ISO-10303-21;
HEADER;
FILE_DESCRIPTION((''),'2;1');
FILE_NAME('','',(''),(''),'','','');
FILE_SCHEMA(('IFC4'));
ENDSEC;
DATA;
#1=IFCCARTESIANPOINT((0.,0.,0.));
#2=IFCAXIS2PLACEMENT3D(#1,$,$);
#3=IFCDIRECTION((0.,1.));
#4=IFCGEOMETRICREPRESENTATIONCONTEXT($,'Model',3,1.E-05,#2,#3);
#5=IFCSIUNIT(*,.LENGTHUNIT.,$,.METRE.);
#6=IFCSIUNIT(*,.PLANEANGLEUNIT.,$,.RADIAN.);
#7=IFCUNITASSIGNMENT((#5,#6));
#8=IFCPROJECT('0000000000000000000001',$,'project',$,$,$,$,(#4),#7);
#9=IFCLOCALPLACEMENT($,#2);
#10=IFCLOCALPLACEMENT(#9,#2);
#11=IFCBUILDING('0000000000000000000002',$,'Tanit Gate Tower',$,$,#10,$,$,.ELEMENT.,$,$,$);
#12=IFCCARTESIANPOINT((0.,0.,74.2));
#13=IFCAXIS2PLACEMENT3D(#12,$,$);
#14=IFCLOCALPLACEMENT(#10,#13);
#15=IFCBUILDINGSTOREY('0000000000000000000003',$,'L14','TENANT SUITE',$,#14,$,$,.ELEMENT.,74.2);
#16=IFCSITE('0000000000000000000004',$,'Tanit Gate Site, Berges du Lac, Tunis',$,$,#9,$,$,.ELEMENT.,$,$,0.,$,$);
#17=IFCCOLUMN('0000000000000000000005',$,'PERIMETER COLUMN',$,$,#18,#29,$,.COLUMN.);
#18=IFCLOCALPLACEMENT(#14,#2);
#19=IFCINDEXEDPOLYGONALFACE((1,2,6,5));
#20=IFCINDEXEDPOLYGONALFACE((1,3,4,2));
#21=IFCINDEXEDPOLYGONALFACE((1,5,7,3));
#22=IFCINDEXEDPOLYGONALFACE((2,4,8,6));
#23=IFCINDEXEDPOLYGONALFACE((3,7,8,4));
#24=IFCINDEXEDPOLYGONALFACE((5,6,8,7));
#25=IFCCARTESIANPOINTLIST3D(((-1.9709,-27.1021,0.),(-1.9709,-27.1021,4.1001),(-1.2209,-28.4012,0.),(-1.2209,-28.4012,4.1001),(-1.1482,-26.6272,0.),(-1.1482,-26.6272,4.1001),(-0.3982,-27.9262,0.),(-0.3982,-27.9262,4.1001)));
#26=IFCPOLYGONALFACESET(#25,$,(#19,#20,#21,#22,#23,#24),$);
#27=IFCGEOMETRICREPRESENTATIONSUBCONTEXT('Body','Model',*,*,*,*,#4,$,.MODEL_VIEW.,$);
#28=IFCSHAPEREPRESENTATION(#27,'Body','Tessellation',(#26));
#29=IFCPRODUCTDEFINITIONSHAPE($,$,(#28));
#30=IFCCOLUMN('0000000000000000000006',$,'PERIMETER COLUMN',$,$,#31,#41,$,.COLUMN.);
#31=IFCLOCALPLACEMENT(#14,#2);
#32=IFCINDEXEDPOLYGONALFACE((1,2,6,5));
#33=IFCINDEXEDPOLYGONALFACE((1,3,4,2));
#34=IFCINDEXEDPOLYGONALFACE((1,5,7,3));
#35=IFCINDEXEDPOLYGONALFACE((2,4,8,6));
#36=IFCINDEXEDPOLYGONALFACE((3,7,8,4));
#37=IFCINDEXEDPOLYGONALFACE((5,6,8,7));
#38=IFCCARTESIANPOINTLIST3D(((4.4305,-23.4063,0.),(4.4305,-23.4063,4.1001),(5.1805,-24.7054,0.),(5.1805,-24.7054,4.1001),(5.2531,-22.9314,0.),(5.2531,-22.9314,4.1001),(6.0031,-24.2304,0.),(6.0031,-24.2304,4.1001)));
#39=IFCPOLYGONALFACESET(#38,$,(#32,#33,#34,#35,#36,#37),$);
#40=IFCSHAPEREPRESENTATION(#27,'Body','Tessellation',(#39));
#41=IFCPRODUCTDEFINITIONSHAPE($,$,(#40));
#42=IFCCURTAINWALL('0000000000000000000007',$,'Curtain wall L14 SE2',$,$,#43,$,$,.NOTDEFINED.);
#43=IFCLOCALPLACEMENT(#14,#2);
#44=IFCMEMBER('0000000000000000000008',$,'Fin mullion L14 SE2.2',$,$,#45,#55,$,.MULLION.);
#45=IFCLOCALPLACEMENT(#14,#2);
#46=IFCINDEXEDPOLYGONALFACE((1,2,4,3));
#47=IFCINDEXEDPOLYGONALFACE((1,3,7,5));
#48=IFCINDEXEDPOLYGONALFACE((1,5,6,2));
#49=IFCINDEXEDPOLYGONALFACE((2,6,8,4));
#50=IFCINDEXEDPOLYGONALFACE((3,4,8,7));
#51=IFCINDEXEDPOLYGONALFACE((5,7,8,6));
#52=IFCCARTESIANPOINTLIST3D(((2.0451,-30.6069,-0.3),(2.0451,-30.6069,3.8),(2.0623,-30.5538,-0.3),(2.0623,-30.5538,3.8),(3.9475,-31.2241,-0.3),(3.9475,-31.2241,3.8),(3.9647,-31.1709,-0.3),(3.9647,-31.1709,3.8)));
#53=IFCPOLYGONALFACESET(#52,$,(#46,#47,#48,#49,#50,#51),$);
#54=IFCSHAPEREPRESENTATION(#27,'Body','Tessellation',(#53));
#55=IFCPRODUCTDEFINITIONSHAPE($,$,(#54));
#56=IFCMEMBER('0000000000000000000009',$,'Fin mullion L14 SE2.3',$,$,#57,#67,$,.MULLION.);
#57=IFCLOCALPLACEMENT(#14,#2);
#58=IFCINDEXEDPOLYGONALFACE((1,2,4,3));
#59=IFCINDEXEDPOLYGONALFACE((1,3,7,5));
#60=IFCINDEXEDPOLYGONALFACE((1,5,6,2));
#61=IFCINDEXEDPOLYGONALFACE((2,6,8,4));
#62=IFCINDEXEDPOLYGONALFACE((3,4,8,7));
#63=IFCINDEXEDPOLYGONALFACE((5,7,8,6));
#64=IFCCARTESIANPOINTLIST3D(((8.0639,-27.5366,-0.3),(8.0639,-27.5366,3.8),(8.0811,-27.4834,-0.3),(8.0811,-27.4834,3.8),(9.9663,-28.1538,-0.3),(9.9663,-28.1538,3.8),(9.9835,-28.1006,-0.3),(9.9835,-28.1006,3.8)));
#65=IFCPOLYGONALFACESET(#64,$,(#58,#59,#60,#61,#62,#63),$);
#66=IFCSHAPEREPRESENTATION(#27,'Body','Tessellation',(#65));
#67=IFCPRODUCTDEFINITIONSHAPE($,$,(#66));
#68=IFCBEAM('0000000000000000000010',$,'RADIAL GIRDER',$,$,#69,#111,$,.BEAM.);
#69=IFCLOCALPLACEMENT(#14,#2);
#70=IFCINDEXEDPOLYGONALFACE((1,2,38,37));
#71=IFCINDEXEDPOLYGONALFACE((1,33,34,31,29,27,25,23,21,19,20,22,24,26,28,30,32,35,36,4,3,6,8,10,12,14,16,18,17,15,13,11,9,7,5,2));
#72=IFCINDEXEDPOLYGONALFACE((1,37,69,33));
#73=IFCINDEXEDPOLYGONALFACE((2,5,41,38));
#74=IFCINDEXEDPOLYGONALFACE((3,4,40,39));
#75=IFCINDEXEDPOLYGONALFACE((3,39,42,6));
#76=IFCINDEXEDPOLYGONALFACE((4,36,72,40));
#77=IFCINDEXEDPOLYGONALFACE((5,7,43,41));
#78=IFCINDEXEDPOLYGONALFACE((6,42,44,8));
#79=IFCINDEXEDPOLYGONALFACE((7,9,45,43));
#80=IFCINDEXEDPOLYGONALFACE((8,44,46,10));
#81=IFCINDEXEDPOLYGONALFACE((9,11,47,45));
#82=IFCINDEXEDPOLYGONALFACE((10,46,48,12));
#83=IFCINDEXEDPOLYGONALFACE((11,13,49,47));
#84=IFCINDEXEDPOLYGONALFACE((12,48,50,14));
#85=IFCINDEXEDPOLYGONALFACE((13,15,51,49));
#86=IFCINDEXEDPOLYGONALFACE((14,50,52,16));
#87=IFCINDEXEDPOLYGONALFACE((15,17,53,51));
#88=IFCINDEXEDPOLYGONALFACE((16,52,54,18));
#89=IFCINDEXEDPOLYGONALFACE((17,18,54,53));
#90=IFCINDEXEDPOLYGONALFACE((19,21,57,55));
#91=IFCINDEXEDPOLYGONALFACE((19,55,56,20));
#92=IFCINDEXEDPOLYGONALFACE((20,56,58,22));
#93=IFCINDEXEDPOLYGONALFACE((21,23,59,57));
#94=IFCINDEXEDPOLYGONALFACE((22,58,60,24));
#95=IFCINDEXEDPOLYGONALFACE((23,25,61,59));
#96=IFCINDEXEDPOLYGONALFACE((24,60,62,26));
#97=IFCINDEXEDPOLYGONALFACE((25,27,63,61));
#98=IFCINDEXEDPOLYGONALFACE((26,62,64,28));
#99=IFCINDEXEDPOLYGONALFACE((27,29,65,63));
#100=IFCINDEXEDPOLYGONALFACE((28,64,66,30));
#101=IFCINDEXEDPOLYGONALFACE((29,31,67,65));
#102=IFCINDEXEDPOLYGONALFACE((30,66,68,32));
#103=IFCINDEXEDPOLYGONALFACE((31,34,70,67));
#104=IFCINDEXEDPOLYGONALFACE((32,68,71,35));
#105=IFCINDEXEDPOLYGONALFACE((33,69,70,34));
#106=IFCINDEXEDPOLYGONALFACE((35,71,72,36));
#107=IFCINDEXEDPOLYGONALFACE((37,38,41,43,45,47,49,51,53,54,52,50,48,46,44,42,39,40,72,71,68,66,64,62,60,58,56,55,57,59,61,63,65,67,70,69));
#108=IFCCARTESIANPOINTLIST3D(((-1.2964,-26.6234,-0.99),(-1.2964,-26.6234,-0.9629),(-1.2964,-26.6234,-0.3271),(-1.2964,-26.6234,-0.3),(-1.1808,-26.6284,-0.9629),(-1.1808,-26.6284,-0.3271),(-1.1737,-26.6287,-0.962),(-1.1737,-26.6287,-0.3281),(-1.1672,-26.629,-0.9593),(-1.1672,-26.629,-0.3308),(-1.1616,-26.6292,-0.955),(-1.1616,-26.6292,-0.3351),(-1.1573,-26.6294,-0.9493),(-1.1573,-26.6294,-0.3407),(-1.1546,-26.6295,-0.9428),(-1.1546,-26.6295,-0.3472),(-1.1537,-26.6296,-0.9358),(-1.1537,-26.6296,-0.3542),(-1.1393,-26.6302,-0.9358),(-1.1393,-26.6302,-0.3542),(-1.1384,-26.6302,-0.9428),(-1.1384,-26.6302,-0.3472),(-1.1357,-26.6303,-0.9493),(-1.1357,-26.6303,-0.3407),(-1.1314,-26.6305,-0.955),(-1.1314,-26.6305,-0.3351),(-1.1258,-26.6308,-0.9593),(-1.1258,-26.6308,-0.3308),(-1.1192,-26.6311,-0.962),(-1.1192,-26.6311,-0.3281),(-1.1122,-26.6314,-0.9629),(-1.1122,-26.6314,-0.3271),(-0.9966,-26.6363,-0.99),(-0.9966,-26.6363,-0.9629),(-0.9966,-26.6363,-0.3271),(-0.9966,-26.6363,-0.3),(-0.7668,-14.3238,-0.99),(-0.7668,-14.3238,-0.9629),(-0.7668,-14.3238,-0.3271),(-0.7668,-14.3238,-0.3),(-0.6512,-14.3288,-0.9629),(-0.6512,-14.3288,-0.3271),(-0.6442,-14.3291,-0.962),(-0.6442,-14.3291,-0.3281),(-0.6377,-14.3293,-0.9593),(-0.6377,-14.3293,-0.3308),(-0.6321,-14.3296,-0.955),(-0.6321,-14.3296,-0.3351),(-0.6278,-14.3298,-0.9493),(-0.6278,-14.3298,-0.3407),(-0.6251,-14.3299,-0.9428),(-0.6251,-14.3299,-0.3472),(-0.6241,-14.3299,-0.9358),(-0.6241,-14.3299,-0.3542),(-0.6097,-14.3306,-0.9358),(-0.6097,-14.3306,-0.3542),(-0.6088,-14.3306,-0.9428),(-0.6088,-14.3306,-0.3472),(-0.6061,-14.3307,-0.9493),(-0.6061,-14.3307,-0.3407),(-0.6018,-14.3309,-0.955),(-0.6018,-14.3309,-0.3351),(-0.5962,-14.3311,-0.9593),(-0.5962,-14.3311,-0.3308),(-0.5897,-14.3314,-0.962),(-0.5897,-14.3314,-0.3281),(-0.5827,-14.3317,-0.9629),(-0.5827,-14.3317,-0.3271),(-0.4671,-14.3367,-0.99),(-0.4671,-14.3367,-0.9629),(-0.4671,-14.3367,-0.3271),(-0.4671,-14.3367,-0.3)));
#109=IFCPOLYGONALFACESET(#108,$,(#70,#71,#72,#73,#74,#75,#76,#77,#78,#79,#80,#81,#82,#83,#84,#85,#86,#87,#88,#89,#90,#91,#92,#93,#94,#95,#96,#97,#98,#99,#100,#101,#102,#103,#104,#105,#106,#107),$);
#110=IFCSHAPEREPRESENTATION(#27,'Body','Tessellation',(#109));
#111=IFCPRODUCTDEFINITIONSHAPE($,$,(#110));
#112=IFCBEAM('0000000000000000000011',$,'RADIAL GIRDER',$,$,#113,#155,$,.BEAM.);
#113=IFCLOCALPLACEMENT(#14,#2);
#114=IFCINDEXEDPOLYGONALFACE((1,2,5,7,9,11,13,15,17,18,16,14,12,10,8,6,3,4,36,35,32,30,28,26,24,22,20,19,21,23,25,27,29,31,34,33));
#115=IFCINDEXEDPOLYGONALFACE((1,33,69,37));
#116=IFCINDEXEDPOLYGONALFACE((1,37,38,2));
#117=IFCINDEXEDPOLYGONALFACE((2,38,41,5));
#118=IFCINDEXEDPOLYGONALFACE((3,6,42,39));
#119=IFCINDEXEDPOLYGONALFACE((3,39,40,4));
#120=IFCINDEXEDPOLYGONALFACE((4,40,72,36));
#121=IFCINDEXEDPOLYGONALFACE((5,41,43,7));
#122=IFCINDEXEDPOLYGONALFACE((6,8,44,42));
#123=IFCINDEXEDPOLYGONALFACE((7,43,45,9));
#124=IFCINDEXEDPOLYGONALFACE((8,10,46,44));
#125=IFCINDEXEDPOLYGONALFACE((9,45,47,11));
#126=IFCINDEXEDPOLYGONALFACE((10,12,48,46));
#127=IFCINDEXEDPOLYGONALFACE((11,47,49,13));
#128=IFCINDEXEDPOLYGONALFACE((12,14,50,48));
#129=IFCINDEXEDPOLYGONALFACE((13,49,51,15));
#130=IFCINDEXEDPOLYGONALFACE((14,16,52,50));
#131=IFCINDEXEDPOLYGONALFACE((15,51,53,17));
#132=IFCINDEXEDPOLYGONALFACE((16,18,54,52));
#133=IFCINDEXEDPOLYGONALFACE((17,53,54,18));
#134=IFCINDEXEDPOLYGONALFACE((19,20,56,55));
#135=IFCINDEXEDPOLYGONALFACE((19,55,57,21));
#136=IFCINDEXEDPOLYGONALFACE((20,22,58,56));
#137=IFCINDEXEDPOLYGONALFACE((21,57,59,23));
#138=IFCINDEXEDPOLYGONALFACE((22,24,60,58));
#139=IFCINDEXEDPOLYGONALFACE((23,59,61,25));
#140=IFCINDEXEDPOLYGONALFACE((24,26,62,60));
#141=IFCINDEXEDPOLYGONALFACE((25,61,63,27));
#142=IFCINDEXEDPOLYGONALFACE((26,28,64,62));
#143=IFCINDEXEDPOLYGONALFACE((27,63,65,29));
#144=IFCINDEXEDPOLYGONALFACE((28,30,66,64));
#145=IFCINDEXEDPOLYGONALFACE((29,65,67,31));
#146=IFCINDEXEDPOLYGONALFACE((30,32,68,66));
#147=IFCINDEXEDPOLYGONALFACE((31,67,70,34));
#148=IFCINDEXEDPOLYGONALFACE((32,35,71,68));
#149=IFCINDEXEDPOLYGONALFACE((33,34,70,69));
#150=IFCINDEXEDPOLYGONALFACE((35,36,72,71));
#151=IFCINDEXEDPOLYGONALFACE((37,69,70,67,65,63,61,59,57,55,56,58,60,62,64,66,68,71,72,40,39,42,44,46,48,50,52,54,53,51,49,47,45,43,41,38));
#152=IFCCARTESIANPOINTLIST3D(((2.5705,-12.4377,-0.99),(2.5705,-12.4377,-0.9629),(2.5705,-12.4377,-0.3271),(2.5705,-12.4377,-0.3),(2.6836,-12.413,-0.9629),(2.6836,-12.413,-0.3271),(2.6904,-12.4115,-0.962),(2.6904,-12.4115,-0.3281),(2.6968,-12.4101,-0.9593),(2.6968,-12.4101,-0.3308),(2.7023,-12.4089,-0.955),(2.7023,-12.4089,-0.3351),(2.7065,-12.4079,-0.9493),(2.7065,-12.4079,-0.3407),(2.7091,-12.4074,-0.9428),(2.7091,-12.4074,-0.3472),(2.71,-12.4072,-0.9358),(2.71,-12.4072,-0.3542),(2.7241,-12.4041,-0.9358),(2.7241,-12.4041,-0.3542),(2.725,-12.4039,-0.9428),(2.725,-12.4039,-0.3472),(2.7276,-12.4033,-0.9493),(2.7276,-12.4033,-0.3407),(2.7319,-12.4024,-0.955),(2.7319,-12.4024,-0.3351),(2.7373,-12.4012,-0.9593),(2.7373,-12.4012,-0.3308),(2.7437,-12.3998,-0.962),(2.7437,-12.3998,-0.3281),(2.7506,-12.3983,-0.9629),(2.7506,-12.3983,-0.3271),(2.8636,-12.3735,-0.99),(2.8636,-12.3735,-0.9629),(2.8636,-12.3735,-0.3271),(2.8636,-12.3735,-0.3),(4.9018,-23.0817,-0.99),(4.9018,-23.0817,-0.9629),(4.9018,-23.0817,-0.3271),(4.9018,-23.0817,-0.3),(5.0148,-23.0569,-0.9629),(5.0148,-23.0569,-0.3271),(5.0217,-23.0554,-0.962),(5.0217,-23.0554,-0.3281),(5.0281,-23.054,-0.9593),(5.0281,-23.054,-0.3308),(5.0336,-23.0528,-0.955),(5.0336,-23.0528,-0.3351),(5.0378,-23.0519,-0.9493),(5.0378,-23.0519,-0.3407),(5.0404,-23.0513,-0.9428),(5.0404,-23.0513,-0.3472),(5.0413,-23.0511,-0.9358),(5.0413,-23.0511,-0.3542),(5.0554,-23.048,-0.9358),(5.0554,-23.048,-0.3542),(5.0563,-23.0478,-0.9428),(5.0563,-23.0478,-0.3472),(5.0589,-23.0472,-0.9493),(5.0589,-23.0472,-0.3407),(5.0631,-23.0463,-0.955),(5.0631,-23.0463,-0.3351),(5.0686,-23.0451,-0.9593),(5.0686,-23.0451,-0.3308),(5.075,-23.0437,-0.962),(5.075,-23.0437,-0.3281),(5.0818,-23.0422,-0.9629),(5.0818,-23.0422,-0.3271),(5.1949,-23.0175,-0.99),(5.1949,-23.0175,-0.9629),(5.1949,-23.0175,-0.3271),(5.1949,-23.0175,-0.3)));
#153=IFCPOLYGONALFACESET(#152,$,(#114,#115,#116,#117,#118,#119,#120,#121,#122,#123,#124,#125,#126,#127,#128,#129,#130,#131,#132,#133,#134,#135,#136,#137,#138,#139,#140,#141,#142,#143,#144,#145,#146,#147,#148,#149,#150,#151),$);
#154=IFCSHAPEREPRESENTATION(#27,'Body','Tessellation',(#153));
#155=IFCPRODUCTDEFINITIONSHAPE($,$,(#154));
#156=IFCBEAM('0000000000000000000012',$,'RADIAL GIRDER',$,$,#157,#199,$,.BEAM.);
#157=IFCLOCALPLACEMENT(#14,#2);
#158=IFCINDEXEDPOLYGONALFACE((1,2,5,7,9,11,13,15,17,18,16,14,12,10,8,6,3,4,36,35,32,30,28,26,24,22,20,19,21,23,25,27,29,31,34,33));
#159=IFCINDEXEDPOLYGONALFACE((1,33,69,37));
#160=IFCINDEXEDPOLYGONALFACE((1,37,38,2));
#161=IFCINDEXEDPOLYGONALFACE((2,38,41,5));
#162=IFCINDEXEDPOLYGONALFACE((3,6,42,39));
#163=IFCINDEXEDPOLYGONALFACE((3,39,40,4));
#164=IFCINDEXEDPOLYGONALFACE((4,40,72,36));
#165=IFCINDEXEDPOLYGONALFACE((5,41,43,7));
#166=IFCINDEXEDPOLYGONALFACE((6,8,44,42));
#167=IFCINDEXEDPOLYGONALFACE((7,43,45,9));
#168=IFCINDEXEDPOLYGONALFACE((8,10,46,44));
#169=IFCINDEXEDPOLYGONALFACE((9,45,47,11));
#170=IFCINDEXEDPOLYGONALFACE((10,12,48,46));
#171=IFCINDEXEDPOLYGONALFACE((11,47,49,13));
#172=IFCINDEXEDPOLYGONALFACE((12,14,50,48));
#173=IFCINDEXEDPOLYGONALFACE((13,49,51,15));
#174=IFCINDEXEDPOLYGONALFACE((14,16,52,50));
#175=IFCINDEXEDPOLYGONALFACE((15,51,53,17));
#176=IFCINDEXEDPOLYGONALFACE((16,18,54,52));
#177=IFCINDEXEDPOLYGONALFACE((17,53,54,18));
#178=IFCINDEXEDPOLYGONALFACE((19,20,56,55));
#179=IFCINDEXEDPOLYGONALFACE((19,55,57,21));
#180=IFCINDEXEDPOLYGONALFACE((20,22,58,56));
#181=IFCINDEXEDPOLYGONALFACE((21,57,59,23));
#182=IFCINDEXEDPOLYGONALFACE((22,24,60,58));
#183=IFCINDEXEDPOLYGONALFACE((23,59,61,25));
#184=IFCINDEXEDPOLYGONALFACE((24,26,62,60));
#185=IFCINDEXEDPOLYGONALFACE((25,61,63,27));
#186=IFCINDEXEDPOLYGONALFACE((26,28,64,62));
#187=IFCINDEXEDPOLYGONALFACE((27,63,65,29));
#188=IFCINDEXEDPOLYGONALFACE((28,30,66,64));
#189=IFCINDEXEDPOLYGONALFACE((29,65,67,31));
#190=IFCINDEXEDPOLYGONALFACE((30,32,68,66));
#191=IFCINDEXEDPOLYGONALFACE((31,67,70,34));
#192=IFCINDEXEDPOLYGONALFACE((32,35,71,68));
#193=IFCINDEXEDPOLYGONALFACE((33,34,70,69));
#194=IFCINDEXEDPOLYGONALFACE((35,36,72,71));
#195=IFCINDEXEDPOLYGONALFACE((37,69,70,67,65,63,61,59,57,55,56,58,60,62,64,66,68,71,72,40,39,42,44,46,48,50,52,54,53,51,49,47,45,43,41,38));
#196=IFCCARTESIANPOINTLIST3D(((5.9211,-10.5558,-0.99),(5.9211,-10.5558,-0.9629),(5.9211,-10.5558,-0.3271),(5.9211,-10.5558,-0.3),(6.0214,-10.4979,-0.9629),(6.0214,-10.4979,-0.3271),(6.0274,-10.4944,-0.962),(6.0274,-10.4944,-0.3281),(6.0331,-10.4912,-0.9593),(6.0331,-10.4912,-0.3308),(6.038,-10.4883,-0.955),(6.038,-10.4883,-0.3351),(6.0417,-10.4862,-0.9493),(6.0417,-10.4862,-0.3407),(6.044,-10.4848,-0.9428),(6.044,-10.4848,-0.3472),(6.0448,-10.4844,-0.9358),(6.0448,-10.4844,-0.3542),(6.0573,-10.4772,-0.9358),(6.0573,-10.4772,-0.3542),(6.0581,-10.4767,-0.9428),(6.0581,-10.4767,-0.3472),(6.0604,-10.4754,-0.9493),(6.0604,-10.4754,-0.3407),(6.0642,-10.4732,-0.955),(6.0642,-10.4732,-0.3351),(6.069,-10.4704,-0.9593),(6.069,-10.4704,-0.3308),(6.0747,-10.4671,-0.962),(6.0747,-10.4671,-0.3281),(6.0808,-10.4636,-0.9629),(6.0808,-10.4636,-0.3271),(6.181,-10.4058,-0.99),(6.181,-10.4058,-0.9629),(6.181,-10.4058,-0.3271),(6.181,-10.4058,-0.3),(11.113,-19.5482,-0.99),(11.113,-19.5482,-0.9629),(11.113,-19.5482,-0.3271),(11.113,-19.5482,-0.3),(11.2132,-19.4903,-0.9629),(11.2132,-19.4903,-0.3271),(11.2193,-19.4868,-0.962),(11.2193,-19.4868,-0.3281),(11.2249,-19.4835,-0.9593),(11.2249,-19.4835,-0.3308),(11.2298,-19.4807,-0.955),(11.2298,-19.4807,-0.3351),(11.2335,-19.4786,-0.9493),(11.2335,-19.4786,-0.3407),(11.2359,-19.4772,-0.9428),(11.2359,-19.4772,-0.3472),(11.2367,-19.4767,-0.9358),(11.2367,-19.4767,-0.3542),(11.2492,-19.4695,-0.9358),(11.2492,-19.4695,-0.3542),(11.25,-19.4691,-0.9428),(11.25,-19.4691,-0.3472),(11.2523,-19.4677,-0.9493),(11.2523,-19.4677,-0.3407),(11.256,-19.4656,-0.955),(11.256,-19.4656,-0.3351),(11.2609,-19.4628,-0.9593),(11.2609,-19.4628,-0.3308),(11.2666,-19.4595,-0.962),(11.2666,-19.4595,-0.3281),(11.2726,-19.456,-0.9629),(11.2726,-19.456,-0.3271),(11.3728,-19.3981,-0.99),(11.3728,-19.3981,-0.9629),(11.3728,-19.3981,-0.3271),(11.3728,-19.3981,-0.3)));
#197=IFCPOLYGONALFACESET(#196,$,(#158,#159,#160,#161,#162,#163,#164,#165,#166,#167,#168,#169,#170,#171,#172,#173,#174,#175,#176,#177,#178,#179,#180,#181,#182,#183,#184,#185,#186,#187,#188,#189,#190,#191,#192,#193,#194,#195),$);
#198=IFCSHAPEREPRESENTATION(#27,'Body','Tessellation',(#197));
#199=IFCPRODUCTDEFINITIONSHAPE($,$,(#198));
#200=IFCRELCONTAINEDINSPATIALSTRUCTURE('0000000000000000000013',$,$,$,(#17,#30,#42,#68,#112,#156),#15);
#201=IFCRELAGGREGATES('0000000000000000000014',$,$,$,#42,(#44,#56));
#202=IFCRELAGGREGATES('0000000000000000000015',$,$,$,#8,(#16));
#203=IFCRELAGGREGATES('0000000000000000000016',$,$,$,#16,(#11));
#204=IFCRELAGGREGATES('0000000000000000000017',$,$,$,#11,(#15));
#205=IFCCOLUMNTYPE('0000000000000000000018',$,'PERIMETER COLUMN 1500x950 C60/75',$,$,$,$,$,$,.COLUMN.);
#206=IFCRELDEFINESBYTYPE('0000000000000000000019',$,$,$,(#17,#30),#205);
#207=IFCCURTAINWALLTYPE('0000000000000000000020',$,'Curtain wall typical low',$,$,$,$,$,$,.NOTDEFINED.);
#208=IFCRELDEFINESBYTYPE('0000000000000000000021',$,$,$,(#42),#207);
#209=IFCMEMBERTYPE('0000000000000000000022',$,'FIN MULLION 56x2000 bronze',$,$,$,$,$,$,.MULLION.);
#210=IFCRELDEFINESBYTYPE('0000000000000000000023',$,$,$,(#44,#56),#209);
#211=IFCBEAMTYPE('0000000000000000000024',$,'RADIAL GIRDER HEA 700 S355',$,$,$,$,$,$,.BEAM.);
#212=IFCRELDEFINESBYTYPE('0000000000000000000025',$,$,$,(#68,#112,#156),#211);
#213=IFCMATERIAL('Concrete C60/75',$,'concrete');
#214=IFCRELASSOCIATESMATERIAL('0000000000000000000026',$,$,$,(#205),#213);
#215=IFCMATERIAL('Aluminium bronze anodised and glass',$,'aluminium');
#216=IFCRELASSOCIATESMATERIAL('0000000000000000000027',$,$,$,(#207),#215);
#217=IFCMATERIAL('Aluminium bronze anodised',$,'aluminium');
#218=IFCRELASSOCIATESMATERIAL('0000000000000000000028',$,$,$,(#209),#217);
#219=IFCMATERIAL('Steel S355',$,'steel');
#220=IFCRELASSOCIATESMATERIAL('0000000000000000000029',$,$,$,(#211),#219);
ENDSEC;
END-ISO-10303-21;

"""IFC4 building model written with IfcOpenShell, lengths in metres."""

from ifc_helpers import new_model, si_unit, direction, frame, origin, origin_2d, place, context, subcontext, project, spatial, rectangle, i_section, extrude, material, material_profile, profile_set, type_object, element, aggregate, save


model = new_model("IFC4")

# Units and contexts
model_context = context("Model", 3, precision=1e-05, world=origin(), true_north=direction((0.0, 1.0)))
body_context = subcontext(model_context, "Body", "Model", "MODEL_VIEW")
ifc_project = project(units=[si_unit("LENGTHUNIT", "METRE"), si_unit("PLANEANGLEUNIT", "RADIAN")], contexts=[model_context])

# Site, building, storey
site_placement = place(None, origin())
site = spatial("IfcSite", under=ifc_project, at=site_placement, Name="Tanit Gate Site, Berges du Lac, Tunis", CompositionType="ELEMENT", RefElevation=0.0)
building_placement = place(site_placement, origin())
building = spatial("IfcBuilding", under=site, at=building_placement, Name="Tanit Gate Tower", CompositionType="ELEMENT")
storey_placement = place(building_placement, frame((0.0, 0.0, 74.2)))
storey = spatial("IfcBuildingStorey", under=building, at=storey_placement, Name="L14", Description="TENANT SUITE", CompositionType="ELEMENT", Elevation=74.2)

# Columns
ifc_material_1 = material(Name="Concrete C60/75", Category="concrete")
ifc_material_profile_1 = material_profile(ifc_material_1, rectangle(XDim=1.5, YDim=0.95, at=origin_2d()), Name="RC 1500x950")
ifc_profile_set_1 = profile_set([ifc_material_profile_1], Name="Concrete C60/75")
column_type = type_object("IfcColumnType", Name="PERIMETER COLUMN 1500x950 C60/75", PredefinedType="COLUMN", material=ifc_profile_set_1)
for number, where, z_axis, x_axis, name in (
    (1, (-1.1846, -27.5142, 0.0), (0.0, 0.0, 1.0), (0.5, -0.866025, 0.0), "PERIMETER COLUMN"),
    (2, (5.2168, -23.8184, 0.0), (0.0, 0.0, 1.0), (0.5, -0.866025, 0.0), "PERIMETER COLUMN"),
):
    element("IfcColumn", number, at=place(storey_placement, frame(where, z_axis=z_axis, x_axis=x_axis)), inside=storey, type_object=column_type, Name=name, PredefinedType="COLUMN", context=body_context, shape_type="SweptSolid", body=[
        extrude(rectangle(XDim=1.5, YDim=0.95, at=origin_2d()), origin(), (0.0, 0.0, 1.0), 4.1001),
    ])

# Curtain wall, members
ifc_material_2 = material(Name="Aluminium bronze anodised and glass", Category="aluminium")
curtain_wall_type = type_object("IfcCurtainWallType", Name="Curtain wall typical low", PredefinedType="NOTDEFINED", material=ifc_material_2)
curtain_wall_placement = place(storey_placement, origin())
curtain_wall = element("IfcCurtainWall", 3, at=curtain_wall_placement, inside=storey, type_object=curtain_wall_type, Name="Curtain wall L14 SE2", PredefinedType="NOTDEFINED")
ifc_material_3 = material(Name="Aluminium bronze anodised", Category="aluminium")
ifc_material_profile_2 = material_profile(ifc_material_3, rectangle(XDim=2.0, YDim=0.0559, at=origin_2d()), Name="56x2000 bronze fin mullion")
ifc_profile_set_2 = profile_set([ifc_material_profile_2], Name="Aluminium bronze anodised")
member_type_1 = type_object("IfcMemberType", Name="FIN MULLION 56x2000 bronze", PredefinedType="MULLION", material=ifc_profile_set_2)
member_1_placement = place(storey_placement, frame((3.0049, -30.8889, -0.3), z_axis=(0.0, 0.0, 1.0), x_axis=(-0.951202, 0.308568, 0.0)))
member_1 = element("IfcMember", 4, at=member_1_placement, type_object=member_type_1, Name="Fin mullion L14 SE2.2", PredefinedType="MULLION", context=body_context, shape_type="SweptSolid", body=[
    extrude(rectangle(XDim=2.0, YDim=0.0559, at=origin_2d()), origin(), (0.0, 0.0, 1.0), 4.1001),
])
member_2_placement = place(storey_placement, frame((9.0237, -27.8186, -0.3), z_axis=(0.0, 0.0, 1.0), x_axis=(-0.951202, 0.308568, 0.0)))
member_2 = element("IfcMember", 5, at=member_2_placement, type_object=member_type_1, Name="Fin mullion L14 SE2.3", PredefinedType="MULLION", context=body_context, shape_type="SweptSolid", body=[
    extrude(rectangle(XDim=2.0, YDim=0.0559, at=origin_2d()), origin(), (0.0, 0.0, 1.0), 4.1001),
])

# Beams
ifc_material_4 = material(Name="Steel S355", Category="steel")
ifc_material_profile_3 = material_profile(ifc_material_4, i_section(OverallWidth=0.3, OverallDepth=0.6899, WebThickness=0.0144, FlangeThickness=0.0271, FilletRadius=0.0271, at=origin_2d()), Name="HEA 700")
ifc_profile_set_3 = profile_set([ifc_material_profile_3], Name="Steel S355")
beam_type = type_object("IfcBeamType", Name="RADIAL GIRDER HEA 700 S355", PredefinedType="BEAM", material=ifc_profile_set_3)
beam_1_placement = place(storey_placement, frame((-1.1465, -26.6299, -0.645), z_axis=(0.043014, 0.999074, 0.0), x_axis=(-0.999074, 0.043014, 0.0)))
element("IfcBeam", 6, at=beam_1_placement, inside=storey, type_object=beam_type, Name="RADIAL GIRDER", PredefinedType="BEAM", context=body_context, shape_type="SweptSolid", body=[
    extrude(i_section(OverallWidth=0.3, OverallDepth=0.6899, WebThickness=0.0144, FlangeThickness=0.0271, FilletRadius=0.0271, at=origin_2d()), origin(), (0.0, 0.0, 1.0), 12.311),
])
beam_2_placement = place(storey_placement, frame((5.0483, -23.0496, -0.645), z_axis=(-0.213952, 0.976844, 0.0), x_axis=(-0.976844, -0.213952, 0.0)))
element("IfcBeam", 7, at=beam_2_placement, inside=storey, type_object=beam_type, Name="RADIAL GIRDER", PredefinedType="BEAM", context=body_context, shape_type="SweptSolid", body=[
    extrude(i_section(OverallWidth=0.3, OverallDepth=0.6899, WebThickness=0.0144, FlangeThickness=0.0271, FilletRadius=0.0271, at=origin_2d()), origin(), (0.0, 0.0, 1.0), 10.8962),
])
beam_3_placement = place(storey_placement, frame((11.2429, -19.4731, -0.645), z_axis=(-0.500008, 0.866021, 0.0), x_axis=(-0.866021, -0.500008, 0.0)))
element("IfcBeam", 8, at=beam_3_placement, inside=storey, type_object=beam_type, Name="RADIAL GIRDER", PredefinedType="BEAM", context=body_context, shape_type="SweptSolid", body=[
    extrude(i_section(OverallWidth=0.3, OverallDepth=0.6899, WebThickness=0.0144, FlangeThickness=0.0271, FilletRadius=0.0271, at=origin_2d()), origin(), (0.0, 0.0, 1.0), 10.3835),
])

aggregate(curtain_wall, [member_1, member_2])

save(model, "model.ifc")
